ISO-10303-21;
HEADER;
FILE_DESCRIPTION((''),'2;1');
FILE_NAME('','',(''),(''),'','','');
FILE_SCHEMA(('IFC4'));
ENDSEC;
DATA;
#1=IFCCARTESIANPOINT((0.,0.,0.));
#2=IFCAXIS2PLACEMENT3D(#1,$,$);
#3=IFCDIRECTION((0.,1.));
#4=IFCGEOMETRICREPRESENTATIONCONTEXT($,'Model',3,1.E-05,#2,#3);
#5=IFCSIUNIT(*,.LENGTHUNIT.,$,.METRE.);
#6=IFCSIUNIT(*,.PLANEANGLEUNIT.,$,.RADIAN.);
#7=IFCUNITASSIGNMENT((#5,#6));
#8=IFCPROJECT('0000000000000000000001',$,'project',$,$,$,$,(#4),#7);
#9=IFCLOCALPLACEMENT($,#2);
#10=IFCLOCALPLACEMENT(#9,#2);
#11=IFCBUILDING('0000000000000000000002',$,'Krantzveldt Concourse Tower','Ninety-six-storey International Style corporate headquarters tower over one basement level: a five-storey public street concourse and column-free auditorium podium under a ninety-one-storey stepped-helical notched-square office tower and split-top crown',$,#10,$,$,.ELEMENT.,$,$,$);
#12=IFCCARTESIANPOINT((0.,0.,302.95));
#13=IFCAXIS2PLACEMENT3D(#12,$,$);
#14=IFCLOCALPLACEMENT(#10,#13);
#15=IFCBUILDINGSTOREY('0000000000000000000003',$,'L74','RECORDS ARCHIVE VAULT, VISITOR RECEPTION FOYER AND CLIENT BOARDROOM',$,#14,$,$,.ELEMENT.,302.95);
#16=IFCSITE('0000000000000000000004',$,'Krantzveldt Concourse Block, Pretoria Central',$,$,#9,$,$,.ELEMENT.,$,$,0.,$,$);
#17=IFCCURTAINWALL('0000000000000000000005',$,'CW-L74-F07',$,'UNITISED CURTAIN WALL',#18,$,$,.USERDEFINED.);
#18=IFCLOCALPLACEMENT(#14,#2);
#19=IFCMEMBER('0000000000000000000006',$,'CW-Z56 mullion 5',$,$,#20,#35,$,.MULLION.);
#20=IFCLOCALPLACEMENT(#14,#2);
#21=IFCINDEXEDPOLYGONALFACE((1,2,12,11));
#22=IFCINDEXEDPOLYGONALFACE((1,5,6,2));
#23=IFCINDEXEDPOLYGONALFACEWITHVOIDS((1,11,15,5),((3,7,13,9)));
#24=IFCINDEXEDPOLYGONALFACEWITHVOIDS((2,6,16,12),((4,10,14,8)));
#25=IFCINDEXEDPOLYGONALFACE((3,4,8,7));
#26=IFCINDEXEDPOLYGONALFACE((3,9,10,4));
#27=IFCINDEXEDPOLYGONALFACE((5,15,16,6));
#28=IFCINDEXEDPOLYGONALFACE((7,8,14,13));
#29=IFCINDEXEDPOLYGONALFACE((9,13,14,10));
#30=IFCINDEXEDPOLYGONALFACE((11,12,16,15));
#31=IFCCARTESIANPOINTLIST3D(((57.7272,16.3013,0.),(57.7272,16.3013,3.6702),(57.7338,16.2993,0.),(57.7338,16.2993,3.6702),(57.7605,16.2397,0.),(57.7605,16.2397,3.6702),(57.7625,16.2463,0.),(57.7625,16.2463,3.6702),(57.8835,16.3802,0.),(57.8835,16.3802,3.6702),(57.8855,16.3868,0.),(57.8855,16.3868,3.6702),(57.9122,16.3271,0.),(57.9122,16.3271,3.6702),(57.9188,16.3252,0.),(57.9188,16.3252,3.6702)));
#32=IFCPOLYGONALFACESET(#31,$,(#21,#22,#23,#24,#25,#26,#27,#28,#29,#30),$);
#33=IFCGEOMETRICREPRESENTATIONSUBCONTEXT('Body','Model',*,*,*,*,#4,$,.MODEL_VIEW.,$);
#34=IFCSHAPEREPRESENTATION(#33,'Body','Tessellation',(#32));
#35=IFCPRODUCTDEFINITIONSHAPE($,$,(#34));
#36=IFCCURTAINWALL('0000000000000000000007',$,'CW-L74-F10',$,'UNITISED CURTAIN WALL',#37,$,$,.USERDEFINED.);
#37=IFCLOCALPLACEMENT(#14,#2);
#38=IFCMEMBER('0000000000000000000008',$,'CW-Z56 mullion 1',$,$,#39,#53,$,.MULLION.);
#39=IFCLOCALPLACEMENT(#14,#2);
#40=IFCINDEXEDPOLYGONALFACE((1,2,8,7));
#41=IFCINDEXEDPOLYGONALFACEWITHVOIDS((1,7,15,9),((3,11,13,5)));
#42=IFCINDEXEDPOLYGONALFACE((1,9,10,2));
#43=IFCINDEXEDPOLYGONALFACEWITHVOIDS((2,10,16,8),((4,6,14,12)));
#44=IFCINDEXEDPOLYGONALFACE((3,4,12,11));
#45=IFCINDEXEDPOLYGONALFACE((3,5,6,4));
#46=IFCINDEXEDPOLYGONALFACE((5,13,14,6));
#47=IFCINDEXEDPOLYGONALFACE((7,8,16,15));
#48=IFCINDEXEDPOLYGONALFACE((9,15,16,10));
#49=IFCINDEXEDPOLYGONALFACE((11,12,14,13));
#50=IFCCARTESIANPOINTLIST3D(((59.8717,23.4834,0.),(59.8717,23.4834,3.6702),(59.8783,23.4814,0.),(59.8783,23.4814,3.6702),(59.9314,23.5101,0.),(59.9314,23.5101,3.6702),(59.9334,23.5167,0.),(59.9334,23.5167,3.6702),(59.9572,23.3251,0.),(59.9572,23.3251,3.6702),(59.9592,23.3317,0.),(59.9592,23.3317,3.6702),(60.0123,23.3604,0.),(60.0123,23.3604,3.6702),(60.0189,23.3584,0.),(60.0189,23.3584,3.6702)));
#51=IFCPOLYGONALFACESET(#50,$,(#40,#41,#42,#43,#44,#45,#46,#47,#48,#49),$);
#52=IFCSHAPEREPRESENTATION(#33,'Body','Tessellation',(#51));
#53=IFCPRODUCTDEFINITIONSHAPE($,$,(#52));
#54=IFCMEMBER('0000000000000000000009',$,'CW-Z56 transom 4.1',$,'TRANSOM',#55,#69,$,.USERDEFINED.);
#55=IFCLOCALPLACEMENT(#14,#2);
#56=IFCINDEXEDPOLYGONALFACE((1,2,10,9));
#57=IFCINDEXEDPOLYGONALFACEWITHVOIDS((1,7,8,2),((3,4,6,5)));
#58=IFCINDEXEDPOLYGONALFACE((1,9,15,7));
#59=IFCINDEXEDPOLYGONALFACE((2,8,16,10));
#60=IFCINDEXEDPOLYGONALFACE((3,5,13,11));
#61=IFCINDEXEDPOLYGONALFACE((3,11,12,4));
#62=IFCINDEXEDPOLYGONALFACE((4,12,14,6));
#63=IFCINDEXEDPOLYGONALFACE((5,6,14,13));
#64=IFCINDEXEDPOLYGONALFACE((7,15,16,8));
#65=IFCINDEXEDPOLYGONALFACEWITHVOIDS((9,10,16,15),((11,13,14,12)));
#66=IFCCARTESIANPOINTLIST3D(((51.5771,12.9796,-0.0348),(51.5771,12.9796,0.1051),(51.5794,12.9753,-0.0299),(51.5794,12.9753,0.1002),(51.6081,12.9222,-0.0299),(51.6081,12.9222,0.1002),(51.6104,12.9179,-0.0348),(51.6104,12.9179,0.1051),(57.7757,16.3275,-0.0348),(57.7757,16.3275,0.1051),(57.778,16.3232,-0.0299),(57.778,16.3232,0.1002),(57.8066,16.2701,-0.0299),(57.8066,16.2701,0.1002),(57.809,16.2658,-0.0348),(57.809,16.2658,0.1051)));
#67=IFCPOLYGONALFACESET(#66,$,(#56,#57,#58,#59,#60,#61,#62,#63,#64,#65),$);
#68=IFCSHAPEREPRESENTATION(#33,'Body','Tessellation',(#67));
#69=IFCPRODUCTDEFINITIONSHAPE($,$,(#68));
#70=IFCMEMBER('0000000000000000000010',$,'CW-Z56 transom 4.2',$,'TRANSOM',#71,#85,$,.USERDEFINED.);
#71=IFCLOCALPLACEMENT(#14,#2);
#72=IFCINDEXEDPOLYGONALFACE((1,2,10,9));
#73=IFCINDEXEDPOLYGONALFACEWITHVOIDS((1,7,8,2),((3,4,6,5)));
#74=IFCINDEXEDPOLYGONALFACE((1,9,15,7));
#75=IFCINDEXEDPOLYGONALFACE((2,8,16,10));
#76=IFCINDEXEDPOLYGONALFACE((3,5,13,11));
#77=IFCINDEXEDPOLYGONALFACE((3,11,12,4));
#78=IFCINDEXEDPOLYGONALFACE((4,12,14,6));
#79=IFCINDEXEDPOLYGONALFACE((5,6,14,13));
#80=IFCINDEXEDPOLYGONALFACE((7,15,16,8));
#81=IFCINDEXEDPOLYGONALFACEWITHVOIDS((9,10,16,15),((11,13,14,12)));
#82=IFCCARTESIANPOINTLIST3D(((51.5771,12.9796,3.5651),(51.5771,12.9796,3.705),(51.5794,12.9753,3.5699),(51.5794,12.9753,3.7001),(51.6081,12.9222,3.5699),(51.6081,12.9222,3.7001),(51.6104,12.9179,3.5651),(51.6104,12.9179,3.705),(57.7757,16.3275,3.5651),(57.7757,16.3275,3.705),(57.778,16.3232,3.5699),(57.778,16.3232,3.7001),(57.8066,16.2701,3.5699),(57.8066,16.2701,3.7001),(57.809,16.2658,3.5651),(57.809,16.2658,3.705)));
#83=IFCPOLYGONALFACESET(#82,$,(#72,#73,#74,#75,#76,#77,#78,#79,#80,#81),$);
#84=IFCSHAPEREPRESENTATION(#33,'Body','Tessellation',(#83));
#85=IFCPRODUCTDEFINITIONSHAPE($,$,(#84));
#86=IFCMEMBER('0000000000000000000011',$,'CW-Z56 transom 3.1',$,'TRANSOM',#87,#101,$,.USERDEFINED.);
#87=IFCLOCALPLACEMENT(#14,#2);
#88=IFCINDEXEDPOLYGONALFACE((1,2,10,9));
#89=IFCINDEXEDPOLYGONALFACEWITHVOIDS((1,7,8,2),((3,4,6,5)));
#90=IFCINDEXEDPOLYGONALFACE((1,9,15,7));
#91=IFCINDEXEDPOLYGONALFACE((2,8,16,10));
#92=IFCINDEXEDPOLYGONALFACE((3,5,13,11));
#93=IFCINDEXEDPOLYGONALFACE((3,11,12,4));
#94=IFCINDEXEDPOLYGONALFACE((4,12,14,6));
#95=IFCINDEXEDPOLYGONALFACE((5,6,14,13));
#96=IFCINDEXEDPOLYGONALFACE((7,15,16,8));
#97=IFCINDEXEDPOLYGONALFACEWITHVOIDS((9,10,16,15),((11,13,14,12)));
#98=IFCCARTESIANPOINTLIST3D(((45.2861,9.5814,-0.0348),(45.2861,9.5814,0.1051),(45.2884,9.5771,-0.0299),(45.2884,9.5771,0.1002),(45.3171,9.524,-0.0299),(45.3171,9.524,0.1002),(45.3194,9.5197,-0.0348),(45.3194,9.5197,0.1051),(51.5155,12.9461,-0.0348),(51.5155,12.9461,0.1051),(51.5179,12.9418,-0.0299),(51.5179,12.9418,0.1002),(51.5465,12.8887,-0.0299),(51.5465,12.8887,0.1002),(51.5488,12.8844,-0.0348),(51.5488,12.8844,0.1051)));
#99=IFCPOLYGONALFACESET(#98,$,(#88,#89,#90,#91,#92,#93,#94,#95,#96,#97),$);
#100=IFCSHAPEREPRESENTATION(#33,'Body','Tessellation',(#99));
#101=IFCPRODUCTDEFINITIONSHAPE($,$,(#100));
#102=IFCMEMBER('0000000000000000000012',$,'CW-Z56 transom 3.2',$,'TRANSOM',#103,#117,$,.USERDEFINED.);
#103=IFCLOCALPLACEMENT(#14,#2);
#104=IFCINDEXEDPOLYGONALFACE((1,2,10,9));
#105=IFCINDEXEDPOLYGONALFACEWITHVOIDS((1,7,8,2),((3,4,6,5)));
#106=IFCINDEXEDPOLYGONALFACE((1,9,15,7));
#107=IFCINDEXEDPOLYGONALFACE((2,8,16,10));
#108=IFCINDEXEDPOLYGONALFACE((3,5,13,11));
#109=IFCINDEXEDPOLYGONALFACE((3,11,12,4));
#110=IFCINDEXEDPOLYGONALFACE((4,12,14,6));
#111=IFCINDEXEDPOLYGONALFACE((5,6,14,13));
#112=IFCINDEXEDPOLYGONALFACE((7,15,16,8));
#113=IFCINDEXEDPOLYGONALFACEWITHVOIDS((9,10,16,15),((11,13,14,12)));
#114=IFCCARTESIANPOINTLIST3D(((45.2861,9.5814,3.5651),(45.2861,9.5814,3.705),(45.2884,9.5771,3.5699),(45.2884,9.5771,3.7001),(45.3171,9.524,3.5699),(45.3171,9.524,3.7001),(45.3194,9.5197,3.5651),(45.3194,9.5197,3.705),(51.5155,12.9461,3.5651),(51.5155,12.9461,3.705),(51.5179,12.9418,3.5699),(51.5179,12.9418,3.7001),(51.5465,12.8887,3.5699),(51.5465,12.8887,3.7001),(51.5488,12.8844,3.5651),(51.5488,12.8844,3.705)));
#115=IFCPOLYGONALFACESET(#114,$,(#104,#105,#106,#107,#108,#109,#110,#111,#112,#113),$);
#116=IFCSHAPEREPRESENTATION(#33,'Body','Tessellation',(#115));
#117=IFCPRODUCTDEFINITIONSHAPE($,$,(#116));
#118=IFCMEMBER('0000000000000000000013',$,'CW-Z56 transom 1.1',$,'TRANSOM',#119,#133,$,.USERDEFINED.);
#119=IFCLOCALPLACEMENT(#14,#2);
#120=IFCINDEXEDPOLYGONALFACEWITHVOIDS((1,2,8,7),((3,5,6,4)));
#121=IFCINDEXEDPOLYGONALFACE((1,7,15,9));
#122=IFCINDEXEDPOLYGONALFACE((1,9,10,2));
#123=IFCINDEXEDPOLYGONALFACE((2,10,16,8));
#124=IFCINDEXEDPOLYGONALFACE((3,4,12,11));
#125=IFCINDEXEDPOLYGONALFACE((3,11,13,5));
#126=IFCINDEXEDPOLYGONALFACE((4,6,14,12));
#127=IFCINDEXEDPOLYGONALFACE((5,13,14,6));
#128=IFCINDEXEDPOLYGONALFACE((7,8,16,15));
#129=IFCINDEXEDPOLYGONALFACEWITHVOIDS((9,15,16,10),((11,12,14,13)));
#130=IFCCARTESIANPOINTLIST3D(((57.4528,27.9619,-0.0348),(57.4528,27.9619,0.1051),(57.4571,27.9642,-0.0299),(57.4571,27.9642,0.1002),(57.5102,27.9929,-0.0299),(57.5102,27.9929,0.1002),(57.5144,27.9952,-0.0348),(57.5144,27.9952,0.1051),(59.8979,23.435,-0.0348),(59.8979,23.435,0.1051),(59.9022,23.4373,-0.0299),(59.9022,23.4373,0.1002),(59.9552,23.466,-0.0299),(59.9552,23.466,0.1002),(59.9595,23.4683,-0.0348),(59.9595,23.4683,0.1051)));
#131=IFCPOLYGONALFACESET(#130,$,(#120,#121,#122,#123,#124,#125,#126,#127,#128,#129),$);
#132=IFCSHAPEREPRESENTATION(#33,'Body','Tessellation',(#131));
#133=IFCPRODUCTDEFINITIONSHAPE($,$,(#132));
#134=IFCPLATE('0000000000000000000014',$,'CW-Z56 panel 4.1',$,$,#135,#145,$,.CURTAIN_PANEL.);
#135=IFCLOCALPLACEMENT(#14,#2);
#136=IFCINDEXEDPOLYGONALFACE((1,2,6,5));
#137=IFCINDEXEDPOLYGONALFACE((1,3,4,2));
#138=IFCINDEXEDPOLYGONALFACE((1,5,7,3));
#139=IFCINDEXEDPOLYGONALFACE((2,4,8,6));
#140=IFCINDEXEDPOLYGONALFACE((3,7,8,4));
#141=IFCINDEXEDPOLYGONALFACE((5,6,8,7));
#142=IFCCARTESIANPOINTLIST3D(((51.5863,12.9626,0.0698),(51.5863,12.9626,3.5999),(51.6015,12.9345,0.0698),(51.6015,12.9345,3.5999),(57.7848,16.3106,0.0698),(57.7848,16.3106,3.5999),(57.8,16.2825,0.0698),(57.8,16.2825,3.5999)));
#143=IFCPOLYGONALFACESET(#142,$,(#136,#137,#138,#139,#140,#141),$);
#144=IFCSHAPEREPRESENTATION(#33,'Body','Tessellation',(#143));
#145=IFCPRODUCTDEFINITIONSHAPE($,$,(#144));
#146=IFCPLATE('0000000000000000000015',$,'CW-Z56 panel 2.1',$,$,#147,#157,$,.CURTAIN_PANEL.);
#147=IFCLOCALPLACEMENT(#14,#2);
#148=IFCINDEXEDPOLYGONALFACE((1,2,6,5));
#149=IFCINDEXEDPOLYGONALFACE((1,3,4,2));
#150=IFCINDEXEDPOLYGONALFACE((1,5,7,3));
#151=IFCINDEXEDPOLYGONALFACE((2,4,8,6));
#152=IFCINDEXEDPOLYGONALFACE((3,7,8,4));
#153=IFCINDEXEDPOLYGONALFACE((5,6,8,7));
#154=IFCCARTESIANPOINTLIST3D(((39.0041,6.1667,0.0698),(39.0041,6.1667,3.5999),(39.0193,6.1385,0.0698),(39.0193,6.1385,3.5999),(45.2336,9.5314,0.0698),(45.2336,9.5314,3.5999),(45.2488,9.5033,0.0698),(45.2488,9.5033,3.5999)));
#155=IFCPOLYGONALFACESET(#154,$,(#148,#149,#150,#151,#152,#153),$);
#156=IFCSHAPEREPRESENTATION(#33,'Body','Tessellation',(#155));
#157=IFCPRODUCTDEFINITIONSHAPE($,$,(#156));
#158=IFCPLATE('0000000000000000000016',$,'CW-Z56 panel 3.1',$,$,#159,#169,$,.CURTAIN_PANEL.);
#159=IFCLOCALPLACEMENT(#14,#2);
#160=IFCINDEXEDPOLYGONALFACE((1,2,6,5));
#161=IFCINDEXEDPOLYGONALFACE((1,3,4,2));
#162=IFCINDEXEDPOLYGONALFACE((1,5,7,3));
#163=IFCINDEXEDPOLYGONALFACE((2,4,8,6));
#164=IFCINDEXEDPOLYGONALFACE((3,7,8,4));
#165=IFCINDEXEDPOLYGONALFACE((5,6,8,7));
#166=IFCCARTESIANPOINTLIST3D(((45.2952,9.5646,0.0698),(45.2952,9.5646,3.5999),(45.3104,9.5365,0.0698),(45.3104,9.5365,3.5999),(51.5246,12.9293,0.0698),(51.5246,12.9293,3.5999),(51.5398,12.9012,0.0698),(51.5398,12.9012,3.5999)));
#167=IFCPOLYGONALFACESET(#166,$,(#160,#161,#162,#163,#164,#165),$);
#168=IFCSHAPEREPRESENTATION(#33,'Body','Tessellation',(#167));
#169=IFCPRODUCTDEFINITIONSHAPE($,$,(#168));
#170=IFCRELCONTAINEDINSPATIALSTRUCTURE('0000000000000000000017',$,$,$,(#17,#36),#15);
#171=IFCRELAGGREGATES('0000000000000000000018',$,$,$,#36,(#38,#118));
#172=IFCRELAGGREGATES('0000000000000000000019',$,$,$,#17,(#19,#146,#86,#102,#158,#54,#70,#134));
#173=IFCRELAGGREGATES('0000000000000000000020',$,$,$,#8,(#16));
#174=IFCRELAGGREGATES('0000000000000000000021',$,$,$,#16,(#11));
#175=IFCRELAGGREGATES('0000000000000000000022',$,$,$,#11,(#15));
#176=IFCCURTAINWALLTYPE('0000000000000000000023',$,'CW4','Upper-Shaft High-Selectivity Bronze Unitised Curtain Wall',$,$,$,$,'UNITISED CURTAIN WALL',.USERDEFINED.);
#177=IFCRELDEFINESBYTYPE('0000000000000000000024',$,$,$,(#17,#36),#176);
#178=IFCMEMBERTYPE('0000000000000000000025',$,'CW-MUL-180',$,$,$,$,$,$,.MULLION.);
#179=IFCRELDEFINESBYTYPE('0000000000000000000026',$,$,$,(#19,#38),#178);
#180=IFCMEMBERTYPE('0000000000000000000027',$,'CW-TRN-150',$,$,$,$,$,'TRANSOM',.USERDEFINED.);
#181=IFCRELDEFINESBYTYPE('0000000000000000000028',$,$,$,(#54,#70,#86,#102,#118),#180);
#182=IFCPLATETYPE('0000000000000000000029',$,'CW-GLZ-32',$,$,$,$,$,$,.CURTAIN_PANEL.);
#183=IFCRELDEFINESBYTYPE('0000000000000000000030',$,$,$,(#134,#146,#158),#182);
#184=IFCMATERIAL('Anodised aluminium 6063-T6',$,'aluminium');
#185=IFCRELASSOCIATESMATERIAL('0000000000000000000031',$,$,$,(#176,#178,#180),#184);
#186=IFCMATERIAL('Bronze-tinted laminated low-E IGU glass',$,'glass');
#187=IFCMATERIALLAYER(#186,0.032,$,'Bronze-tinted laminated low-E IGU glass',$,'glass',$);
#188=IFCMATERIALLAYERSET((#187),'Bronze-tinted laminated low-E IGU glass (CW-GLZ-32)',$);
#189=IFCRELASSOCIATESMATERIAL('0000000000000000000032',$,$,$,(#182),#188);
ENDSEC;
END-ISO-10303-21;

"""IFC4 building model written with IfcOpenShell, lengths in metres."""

from ifc_helpers import new_model, si_unit, direction, frame, origin, origin_2d, place, context, subcontext, project, spatial, rectangle, hollow_rectangle, extrude, source, transform, mapped, material, layer, layer_set, material_profile, profile_set, type_object, type_shapes, element, aggregate, save


model = new_model("IFC4")

# Units and contexts
model_context = context("Model", 3, precision=1e-05, world=origin(), true_north=direction((0.0, 1.0)))
body_context = subcontext(model_context, "Body", "Model", "MODEL_VIEW")
ifc_project = project(units=[si_unit("LENGTHUNIT", "METRE"), si_unit("PLANEANGLEUNIT", "RADIAN")], contexts=[model_context])

# Site, building, storey
site_placement = place(None, origin())
site = spatial("IfcSite", under=ifc_project, at=site_placement, Name="Krantzveldt Concourse Block, Pretoria Central", CompositionType="ELEMENT", RefElevation=0.0)
building_placement = place(site_placement, origin())
building = spatial("IfcBuilding", under=site, at=building_placement, Name="Krantzveldt Concourse Tower", Description="Ninety-six-storey International Style corporate headquarters tower over one basement level: a five-storey public street concourse and column-free auditorium podium under a ninety-one-storey stepped-helical notched-square office tower and split-top crown", CompositionType="ELEMENT")
storey_placement = place(building_placement, frame((0.0, 0.0, 302.95)))
storey = spatial("IfcBuildingStorey", under=building, at=storey_placement, Name="L74", Description="RECORDS ARCHIVE VAULT, VISITOR RECEPTION FOYER AND CLIENT BOARDROOM", CompositionType="ELEMENT", Elevation=302.95)

# Curtain wall, member
ifc_material_1 = material(Name="Anodised aluminium 6063-T6", Category="aluminium")
curtain_wall_type = type_object("IfcCurtainWallType", Name="CW4", Description="Upper-Shaft High-Selectivity Bronze Unitised Curtain Wall", ElementType="UNITISED CURTAIN WALL", PredefinedType="USERDEFINED", material=ifc_material_1)
curtain_wall_1_placement = place(storey_placement, origin())
curtain_wall_1 = element("IfcCurtainWall", 1, at=curtain_wall_1_placement, inside=storey, type_object=curtain_wall_type, Name="CW-L74-F07", ObjectType="UNITISED CURTAIN WALL", PredefinedType="USERDEFINED")
ifc_material_profile_1 = material_profile(ifc_material_1, hollow_rectangle(XDim=0.0701, YDim=0.1799, WallThickness=0.0049, at=origin_2d()), Name="Anodised aluminium 6063-T6", Category="aluminium")
ifc_profile_set_1 = profile_set([ifc_material_profile_1], Name="Anodised aluminium 6063-T6 - ALU-MULL 180x70x5")
member_type_1 = type_object("IfcMemberType", Name="CW-MUL-180", PredefinedType="MULLION", material=ifc_profile_set_1)
shared_shape_1 = source(origin(), body_context, "Body", "SweptSolid", [
    extrude(hollow_rectangle(XDim=0.0701, YDim=0.1799, WallThickness=0.0049, at=origin_2d()), origin(), (0.0, 0.0, 1.0), 3.6702),
])
type_shapes(member_type_1, [shared_shape_1])
member_1_placement = place(storey_placement, frame((57.823, 16.3132, 0.0), z_axis=(0.0, 0.0, 1.0), x_axis=(-0.47524, 0.879856, 0.0)))
member_1 = element("IfcMember", 2, at=member_1_placement, type_object=member_type_1, Name="CW-Z56 mullion 5", PredefinedType="MULLION", context=body_context, shape_type="MappedRepresentation", body=[
    mapped(shared_shape_1, transform((0.0, 0.0, 0.0), x_axis=(1.0, 0.0, 0.0), y_axis=(0.0, 1.0, 0.0), z_axis=(0.0, 0.0, 1.0), scale=1.0)),
])

# Curtain wall, member
curtain_wall_2_placement = place(storey_placement, origin())
curtain_wall_2 = element("IfcCurtainWall", 3, at=curtain_wall_2_placement, inside=storey, type_object=curtain_wall_type, Name="CW-L74-F10", ObjectType="UNITISED CURTAIN WALL", PredefinedType="USERDEFINED")
member_2_placement = place(storey_placement, frame((59.9453, 23.4209, 0.0), z_axis=(0.0, 0.0, 1.0), x_axis=(-0.879856, -0.47524, 0.0)))
member_2 = element("IfcMember", 4, at=member_2_placement, type_object=member_type_1, Name="CW-Z56 mullion 1", PredefinedType="MULLION", context=body_context, shape_type="MappedRepresentation", body=[
    mapped(shared_shape_1, transform((0.0, 0.0, 0.0), x_axis=(1.0, 0.0, 0.0), y_axis=(0.0, 1.0, 0.0), z_axis=(0.0, 0.0, 1.0), scale=1.0)),
])

# Members
ifc_material_profile_2 = material_profile(ifc_material_1, hollow_rectangle(XDim=0.0701, YDim=0.1399, WallThickness=0.0049, at=origin_2d()), Name="Anodised aluminium 6063-T6", Category="aluminium")
ifc_profile_set_2 = profile_set([ifc_material_profile_2], Name="Anodised aluminium 6063-T6 - ALU-TRAN 140x70x5")
member_type_2 = type_object("IfcMemberType", Name="CW-TRN-150", ElementType="TRANSOM", PredefinedType="USERDEFINED", material=ifc_profile_set_2)
shared_shape_2 = source(origin(), body_context, "Body", "SweptSolid", [
    extrude(hollow_rectangle(XDim=0.0701, YDim=0.1399, WallThickness=0.0049, at=origin_2d()), origin(), (0.0, 0.0, 1.0), 7.0449),
])
member_3_placement = place(storey_placement, frame((51.5938, 12.9487, 0.0352), z_axis=(0.879863, 0.475228, 0.0), x_axis=(-0.475228, 0.879863, 0.0)))
member_3 = element("IfcMember", 5, at=member_3_placement, type_object=member_type_2, Name="CW-Z56 transom 4.1", ObjectType="TRANSOM", PredefinedType="USERDEFINED", context=body_context, shape_type="MappedRepresentation", body=[
    mapped(shared_shape_2, transform((0.0, 0.0, 0.0), x_axis=(1.0, 0.0, 0.0), y_axis=(0.0, 1.0, 0.0), z_axis=(0.0, 0.0, 1.0), scale=1.0)),
])
member_4_placement = place(storey_placement, frame((51.5938, 12.9487, 3.635), z_axis=(0.879863, 0.475228, 0.0), x_axis=(-0.475228, 0.879863, 0.0)))
member_4 = element("IfcMember", 6, at=member_4_placement, type_object=member_type_2, Name="CW-Z56 transom 4.2", ObjectType="TRANSOM", PredefinedType="USERDEFINED", context=body_context, shape_type="MappedRepresentation", body=[
    mapped(shared_shape_2, transform((0.0, 0.0, 0.0), x_axis=(1.0, 0.0, 0.0), y_axis=(0.0, 1.0, 0.0), z_axis=(0.0, 0.0, 1.0), scale=1.0)),
])
shared_shape_3 = source(origin(), body_context, "Body", "SweptSolid", [
    extrude(hollow_rectangle(XDim=0.0701, YDim=0.1399, WallThickness=0.0049, at=origin_2d()), origin(), (0.0, 0.0, 1.0), 7.0801),
])
member_5_placement = place(storey_placement, frame((45.3027, 9.5505, 0.0352), z_axis=(0.879857, 0.475239, 0.0), x_axis=(-0.475239, 0.879857, 0.0)))
member_5 = element("IfcMember", 7, at=member_5_placement, type_object=member_type_2, Name="CW-Z56 transom 3.1", ObjectType="TRANSOM", PredefinedType="USERDEFINED", context=body_context, shape_type="MappedRepresentation", body=[
    mapped(shared_shape_3, transform((0.0, 0.0, 0.0), x_axis=(1.0, 0.0, 0.0), y_axis=(0.0, 1.0, 0.0), z_axis=(0.0, 0.0, 1.0), scale=1.0)),
])
member_6_placement = place(storey_placement, frame((45.3027, 9.5505, 3.635), z_axis=(0.879857, 0.475239, 0.0), x_axis=(-0.475239, 0.879857, 0.0)))
member_6 = element("IfcMember", 8, at=member_6_placement, type_object=member_type_2, Name="CW-Z56 transom 3.2", ObjectType="TRANSOM", PredefinedType="USERDEFINED", context=body_context, shape_type="MappedRepresentation", body=[
    mapped(shared_shape_3, transform((0.0, 0.0, 0.0), x_axis=(1.0, 0.0, 0.0), y_axis=(0.0, 1.0, 0.0), z_axis=(0.0, 0.0, 1.0), scale=1.0)),
])
shared_shape_4 = source(origin(), body_context, "Body", "SweptSolid", [
    extrude(hollow_rectangle(XDim=0.0701, YDim=0.1399, WallThickness=0.0049, at=origin_2d()), origin(), (0.0, 0.0, 1.0), 5.145),
])
type_shapes(member_type_2, [shared_shape_2, shared_shape_3, shared_shape_4])
member_7_placement = place(storey_placement, frame((59.9287, 23.4517, 0.0352), z_axis=(-0.475234, 0.879859, 0.0), x_axis=(-0.879859, -0.475234, 0.0)))
member_7 = element("IfcMember", 9, at=member_7_placement, type_object=member_type_2, Name="CW-Z56 transom 1.1", ObjectType="TRANSOM", PredefinedType="USERDEFINED", context=body_context, shape_type="MappedRepresentation", body=[
    mapped(shared_shape_4, transform((0.0, 0.0, 0.0), x_axis=(1.0, 0.0, 0.0), y_axis=(0.0, 1.0, 0.0), z_axis=(0.0, 0.0, 1.0), scale=1.0)),
])
aggregate(curtain_wall_2, [member_2, member_7])

# Plates
ifc_material_2 = material(Name="Bronze-tinted laminated low-E IGU glass", Category="glass")
ifc_layer_1 = layer(ifc_material_2, 0.032, Name="Bronze-tinted laminated low-E IGU glass", Category="glass")
ifc_layer_set_1 = layer_set([ifc_layer_1], Name="Bronze-tinted laminated low-E IGU glass (CW-GLZ-32)")
plate_type = type_object("IfcPlateType", Name="CW-GLZ-32", PredefinedType="CURTAIN_PANEL", material=ifc_layer_set_1)
shared_shape_5 = source(origin(), body_context, "Body", "SweptSolid", [
    extrude(rectangle(XDim=7.0449, YDim=0.032, at=origin_2d()), origin(), (0.0, 0.0, 1.0), 3.53),
])
plate_1_placement = place(storey_placement, frame((54.6931, 14.6226, 0.0698), z_axis=(0.0, 0.0, 1.0), x_axis=(0.879856, 0.47524, 0.0)))
plate_1 = element("IfcPlate", 10, at=plate_1_placement, type_object=plate_type, Name="CW-Z56 panel 4.1", PredefinedType="CURTAIN_PANEL", context=body_context, shape_type="MappedRepresentation", body=[
    mapped(shared_shape_5, transform((0.0, 0.0, 0.0), x_axis=(1.0, 0.0, 0.0), y_axis=(0.0, 1.0, 0.0), z_axis=(0.0, 0.0, 1.0), scale=1.0)),
])
shared_shape_6 = source(origin(), body_context, "Body", "SweptSolid", [
    extrude(rectangle(XDim=7.0801, YDim=0.032, at=origin_2d()), origin(), (0.0, 0.0, 1.0), 3.53),
])
type_shapes(plate_type, [shared_shape_5, shared_shape_6])
plate_2_placement = place(storey_placement, frame((42.1265, 7.835, 0.0698), z_axis=(0.0, 0.0, 1.0), x_axis=(0.879856, 0.47524, 0.0)))
plate_2 = element("IfcPlate", 11, at=plate_2_placement, type_object=plate_type, Name="CW-Z56 panel 2.1", PredefinedType="CURTAIN_PANEL", context=body_context, shape_type="MappedRepresentation", body=[
    mapped(shared_shape_6, transform((0.0, 0.0, 0.0), x_axis=(1.0, 0.0, 0.0), y_axis=(0.0, 1.0, 0.0), z_axis=(0.0, 0.0, 1.0), scale=1.0)),
])
plate_3_placement = place(storey_placement, frame((48.4175, 11.2329, 0.0698), z_axis=(0.0, 0.0, 1.0), x_axis=(0.879856, 0.47524, 0.0)))
plate_3 = element("IfcPlate", 12, at=plate_3_placement, type_object=plate_type, Name="CW-Z56 panel 3.1", PredefinedType="CURTAIN_PANEL", context=body_context, shape_type="MappedRepresentation", body=[
    mapped(shared_shape_6, transform((0.0, 0.0, 0.0), x_axis=(1.0, 0.0, 0.0), y_axis=(0.0, 1.0, 0.0), z_axis=(0.0, 0.0, 1.0), scale=1.0)),
])
aggregate(curtain_wall_1, [member_1, plate_2, member_5, member_6, plate_3, member_3, member_4, plate_1])

save(model, "model.ifc")
